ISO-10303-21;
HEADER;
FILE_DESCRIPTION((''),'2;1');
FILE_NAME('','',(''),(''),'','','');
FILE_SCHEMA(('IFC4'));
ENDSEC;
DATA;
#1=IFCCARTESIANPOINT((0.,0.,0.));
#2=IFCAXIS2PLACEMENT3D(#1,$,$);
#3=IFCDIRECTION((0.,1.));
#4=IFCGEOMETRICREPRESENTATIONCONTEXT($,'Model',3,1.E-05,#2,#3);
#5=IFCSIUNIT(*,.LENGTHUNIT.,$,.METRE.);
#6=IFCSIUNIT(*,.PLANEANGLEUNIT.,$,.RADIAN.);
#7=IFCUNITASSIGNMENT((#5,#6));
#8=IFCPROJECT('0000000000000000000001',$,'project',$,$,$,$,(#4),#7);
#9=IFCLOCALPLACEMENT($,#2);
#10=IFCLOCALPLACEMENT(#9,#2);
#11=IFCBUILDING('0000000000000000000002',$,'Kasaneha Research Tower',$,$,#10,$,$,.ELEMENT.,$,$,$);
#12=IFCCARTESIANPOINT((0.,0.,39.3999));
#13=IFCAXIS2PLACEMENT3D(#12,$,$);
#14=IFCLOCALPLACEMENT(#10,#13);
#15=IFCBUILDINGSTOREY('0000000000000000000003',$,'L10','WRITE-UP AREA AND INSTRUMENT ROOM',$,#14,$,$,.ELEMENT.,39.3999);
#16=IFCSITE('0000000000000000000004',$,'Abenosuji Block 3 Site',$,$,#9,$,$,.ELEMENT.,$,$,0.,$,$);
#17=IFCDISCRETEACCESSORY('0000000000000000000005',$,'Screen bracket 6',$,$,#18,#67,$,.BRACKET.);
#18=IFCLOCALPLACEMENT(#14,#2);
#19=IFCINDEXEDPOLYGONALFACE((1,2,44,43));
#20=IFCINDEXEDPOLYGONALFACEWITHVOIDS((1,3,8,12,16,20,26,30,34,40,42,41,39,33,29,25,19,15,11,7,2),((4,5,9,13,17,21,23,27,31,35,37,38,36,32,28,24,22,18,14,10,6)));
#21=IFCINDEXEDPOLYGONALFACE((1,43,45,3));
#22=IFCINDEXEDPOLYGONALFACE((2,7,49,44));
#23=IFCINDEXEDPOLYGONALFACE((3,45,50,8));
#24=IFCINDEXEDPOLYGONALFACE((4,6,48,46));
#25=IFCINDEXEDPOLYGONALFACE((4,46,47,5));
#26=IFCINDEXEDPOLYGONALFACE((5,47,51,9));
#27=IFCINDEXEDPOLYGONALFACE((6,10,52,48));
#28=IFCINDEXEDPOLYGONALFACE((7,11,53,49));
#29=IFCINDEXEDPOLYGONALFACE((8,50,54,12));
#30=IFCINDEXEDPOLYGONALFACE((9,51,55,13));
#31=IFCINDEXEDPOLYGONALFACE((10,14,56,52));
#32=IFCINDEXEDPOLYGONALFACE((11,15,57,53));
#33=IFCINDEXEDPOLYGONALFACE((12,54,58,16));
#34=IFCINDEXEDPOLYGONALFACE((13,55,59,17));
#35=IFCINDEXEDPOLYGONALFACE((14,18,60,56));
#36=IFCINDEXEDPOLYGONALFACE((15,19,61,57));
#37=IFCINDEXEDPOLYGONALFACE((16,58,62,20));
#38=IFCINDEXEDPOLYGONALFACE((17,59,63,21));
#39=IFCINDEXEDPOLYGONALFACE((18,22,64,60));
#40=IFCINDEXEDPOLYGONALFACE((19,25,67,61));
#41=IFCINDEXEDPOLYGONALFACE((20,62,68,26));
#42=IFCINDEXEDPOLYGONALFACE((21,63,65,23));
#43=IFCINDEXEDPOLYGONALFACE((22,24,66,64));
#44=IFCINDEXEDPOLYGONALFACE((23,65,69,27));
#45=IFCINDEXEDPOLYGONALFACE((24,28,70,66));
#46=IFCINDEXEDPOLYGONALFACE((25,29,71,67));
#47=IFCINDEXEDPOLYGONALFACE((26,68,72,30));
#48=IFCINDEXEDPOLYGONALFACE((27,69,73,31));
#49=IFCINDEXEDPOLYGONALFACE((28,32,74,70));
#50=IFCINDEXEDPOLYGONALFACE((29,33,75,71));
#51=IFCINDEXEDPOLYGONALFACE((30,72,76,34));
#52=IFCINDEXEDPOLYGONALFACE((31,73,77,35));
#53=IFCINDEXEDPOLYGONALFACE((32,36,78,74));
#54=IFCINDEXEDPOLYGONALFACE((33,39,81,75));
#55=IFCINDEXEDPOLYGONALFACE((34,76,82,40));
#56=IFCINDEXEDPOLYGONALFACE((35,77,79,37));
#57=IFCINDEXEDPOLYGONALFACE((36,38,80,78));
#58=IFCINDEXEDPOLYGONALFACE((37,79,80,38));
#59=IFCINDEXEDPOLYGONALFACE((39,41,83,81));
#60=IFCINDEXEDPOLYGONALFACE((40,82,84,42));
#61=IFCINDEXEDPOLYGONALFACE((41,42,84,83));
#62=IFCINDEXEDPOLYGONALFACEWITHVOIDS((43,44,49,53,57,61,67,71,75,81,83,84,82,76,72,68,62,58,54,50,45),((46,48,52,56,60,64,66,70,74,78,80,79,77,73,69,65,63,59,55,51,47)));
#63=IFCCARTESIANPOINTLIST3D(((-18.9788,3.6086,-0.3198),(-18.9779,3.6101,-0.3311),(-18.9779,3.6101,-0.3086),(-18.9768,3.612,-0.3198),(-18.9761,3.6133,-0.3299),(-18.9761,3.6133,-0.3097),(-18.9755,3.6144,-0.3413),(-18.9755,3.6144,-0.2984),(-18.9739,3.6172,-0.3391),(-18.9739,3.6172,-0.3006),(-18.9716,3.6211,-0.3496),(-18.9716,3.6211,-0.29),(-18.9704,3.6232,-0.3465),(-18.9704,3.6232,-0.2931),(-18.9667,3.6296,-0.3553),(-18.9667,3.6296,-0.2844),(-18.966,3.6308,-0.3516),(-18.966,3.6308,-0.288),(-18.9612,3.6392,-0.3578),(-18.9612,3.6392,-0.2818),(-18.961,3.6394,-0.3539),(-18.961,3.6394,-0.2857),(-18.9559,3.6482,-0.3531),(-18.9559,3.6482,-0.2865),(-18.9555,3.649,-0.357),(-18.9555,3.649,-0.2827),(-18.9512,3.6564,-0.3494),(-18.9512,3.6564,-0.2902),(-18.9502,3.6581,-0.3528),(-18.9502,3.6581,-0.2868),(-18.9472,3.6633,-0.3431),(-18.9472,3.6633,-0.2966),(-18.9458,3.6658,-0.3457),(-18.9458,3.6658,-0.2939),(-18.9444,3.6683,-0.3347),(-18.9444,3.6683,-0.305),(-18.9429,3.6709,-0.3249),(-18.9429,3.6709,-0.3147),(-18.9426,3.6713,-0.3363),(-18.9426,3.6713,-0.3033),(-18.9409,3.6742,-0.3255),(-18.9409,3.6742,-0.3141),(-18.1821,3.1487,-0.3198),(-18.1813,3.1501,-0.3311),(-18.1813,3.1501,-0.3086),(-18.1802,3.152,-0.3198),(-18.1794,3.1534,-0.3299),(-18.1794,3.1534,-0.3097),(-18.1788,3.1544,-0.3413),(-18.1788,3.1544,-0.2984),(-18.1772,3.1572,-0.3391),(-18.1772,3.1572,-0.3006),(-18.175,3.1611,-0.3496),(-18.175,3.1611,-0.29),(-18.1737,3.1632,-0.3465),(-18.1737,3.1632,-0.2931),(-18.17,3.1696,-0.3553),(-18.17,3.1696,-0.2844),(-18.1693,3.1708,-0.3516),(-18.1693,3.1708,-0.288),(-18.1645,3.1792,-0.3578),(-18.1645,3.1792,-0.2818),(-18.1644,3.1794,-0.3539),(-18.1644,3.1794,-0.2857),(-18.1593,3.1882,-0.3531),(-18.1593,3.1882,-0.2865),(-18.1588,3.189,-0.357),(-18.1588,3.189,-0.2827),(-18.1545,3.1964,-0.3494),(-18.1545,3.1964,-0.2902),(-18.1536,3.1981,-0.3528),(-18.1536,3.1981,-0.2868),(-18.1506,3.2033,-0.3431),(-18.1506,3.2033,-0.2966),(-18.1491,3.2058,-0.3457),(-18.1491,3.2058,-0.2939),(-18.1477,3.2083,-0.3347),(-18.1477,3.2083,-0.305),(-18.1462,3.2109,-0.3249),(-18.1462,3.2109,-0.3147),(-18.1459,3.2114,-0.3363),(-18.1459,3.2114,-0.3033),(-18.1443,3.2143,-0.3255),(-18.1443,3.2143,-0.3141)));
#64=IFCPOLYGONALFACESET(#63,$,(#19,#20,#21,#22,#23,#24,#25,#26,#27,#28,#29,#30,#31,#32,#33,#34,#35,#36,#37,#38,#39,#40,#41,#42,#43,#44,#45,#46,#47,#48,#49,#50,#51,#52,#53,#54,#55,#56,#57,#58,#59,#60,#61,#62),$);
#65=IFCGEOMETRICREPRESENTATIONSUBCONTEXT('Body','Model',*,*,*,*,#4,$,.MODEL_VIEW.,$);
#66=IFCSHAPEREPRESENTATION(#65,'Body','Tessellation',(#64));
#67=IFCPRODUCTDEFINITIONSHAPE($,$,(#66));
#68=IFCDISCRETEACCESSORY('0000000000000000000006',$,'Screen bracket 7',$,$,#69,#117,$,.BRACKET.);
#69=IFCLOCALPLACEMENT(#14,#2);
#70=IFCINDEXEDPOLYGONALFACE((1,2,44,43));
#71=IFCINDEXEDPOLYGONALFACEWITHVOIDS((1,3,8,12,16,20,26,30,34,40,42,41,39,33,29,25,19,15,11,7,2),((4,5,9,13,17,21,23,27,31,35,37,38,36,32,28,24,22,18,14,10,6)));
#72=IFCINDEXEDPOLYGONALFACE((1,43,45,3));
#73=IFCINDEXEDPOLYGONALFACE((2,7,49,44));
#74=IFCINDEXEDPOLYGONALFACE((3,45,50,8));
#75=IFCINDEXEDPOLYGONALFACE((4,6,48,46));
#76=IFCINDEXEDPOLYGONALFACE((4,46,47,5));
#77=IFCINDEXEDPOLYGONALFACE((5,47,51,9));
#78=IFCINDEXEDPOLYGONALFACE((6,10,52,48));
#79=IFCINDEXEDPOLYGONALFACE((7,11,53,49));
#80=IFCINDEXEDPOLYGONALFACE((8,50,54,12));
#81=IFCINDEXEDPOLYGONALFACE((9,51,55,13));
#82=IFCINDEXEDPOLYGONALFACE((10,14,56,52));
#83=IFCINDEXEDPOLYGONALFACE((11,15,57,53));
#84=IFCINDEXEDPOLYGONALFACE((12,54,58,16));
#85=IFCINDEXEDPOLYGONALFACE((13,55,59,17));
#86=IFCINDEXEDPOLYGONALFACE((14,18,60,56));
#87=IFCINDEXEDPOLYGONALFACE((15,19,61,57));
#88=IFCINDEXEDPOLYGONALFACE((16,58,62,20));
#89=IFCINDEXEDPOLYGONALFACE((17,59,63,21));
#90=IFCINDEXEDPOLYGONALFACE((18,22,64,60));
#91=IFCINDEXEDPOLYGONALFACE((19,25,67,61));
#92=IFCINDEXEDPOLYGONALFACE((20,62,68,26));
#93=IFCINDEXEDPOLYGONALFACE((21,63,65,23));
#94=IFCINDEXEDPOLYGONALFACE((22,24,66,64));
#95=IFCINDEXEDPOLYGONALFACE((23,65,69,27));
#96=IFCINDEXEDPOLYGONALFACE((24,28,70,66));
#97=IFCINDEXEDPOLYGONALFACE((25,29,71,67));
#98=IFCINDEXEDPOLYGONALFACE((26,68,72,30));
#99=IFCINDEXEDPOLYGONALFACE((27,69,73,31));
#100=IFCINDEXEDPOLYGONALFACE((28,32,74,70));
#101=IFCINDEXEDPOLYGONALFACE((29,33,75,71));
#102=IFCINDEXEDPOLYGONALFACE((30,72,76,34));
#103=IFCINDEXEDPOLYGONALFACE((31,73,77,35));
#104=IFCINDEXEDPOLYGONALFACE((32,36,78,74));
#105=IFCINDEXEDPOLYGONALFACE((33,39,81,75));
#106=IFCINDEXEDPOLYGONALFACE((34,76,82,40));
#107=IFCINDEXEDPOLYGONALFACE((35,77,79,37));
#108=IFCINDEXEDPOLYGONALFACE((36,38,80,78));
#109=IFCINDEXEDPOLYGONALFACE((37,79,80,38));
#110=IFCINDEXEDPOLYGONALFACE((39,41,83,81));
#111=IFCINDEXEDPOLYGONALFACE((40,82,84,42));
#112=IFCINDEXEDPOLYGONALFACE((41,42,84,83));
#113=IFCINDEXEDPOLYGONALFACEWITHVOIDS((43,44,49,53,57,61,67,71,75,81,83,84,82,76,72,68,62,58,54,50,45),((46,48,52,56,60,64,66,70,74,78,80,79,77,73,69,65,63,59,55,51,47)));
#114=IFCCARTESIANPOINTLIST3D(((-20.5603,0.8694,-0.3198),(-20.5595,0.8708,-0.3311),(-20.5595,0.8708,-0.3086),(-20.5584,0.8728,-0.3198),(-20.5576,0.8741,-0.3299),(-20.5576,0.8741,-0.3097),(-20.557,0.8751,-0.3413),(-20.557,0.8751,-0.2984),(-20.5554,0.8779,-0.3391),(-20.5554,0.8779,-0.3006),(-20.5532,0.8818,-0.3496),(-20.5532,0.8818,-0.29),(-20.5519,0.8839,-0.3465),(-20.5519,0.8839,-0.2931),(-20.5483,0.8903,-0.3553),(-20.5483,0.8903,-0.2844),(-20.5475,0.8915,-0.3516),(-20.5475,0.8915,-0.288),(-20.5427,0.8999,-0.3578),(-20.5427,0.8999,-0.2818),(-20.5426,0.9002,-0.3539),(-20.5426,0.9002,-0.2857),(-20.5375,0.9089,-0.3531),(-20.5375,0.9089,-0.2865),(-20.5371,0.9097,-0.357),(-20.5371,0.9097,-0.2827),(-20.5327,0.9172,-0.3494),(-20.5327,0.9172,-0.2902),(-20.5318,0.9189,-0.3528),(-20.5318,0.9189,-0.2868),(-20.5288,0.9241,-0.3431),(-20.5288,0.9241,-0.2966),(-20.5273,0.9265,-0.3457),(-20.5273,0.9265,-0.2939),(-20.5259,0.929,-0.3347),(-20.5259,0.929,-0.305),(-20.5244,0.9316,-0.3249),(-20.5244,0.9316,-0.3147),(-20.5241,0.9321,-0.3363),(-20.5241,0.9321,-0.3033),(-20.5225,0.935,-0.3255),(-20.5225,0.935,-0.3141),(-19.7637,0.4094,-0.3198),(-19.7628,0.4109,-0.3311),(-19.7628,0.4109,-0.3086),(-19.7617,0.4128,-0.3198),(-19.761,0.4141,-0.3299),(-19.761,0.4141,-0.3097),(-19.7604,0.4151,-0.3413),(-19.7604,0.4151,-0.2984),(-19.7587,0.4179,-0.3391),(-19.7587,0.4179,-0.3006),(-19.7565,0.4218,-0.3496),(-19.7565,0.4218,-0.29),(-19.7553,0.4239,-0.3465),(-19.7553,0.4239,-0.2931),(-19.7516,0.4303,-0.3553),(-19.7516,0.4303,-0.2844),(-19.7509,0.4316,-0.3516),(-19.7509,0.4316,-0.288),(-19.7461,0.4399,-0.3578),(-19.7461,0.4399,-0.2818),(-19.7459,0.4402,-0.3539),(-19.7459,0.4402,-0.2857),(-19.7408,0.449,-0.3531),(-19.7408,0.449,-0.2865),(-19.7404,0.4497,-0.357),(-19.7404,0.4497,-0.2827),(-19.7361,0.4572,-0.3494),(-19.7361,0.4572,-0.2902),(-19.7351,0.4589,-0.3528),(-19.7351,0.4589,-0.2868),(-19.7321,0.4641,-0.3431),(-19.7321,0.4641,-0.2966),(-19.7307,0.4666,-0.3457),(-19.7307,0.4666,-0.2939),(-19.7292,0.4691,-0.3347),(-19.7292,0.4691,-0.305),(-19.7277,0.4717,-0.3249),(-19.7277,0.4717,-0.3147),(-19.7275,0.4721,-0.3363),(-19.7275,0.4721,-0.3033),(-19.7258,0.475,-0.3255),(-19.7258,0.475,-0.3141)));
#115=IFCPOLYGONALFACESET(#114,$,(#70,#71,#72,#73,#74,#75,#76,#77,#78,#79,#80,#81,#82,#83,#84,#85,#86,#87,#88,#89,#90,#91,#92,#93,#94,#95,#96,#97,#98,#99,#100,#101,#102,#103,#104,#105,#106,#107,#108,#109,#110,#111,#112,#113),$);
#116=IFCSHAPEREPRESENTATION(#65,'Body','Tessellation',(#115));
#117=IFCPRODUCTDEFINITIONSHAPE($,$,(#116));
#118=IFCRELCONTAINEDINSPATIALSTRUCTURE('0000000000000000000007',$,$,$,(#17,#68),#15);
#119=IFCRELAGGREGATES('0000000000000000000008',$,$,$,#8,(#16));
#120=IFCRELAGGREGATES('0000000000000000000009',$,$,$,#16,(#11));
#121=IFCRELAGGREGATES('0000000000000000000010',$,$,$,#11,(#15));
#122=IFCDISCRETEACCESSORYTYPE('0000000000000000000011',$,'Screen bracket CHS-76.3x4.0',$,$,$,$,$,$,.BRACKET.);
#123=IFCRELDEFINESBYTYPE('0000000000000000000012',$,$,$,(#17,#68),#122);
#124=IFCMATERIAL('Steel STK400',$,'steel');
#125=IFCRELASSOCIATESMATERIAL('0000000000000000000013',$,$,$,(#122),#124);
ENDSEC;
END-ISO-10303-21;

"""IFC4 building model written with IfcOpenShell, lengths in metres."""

from ifc_helpers import new_model, si_unit, direction, frame, origin, origin_2d, place, context, subcontext, project, spatial, hollow_circle, extrude, material, material_profile, profile_set, type_object, element, save


model = new_model("IFC4")

# Units and contexts
model_context = context("Model", 3, precision=1e-05, world=origin(), true_north=direction((0.0, 1.0)))
body_context = subcontext(model_context, "Body", "Model", "MODEL_VIEW")
ifc_project = project(units=[si_unit("LENGTHUNIT", "METRE"), si_unit("PLANEANGLEUNIT", "RADIAN")], contexts=[model_context])

# Site, building, storey
site_placement = place(None, origin())
site = spatial("IfcSite", under=ifc_project, at=site_placement, Name="Abenosuji Block 3 Site", CompositionType="ELEMENT", RefElevation=0.0)
building_placement = place(site_placement, origin())
building = spatial("IfcBuilding", under=site, at=building_placement, Name="Kasaneha Research Tower", CompositionType="ELEMENT")
storey_placement = place(building_placement, frame((0.0, 0.0, 39.3999)))
storey = spatial("IfcBuildingStorey", under=building, at=storey_placement, Name="L10", Description="WRITE-UP AREA AND INSTRUMENT ROOM", CompositionType="ELEMENT", Elevation=39.3999)

# Discrete accessories
ifc_material_1 = material(Name="Steel STK400", Category="steel")
ifc_material_profile_1 = material_profile(ifc_material_1, hollow_circle(Radius=0.0381, WallThickness=0.0039, at=origin_2d()), Name="CHS-76.3x4.0")
ifc_profile_set_1 = profile_set([ifc_material_profile_1], Name="Steel STK400")
discrete_accessory_type = type_object("IfcDiscreteAccessoryType", Name="Screen bracket CHS-76.3x4.0", PredefinedType="BRACKET", material=ifc_profile_set_1)
for number, where, z_axis, x_axis, name in (
    (1, (-18.1631, 3.1816, -0.3198), (-0.866013, 0.500021, 0.0), (-0.500021, -0.866013, 0.0), "Screen bracket 6"),
    (2, (-19.7446, 0.4424, -0.3198), (-0.866013, 0.500021, 0.0), (-0.500021, -0.866013, 0.0), "Screen bracket 7"),
):
    element("IfcDiscreteAccessory", number, at=place(storey_placement, frame(where, z_axis=z_axis, x_axis=x_axis)), inside=storey, type_object=discrete_accessory_type, Name=name, PredefinedType="BRACKET", context=body_context, shape_type="SweptSolid", body=[
        extrude(hollow_circle(Radius=0.0381, WallThickness=0.0039, at=origin_2d()), origin(), (0.0, 0.0, 1.0), 0.9199),
    ])

save(model, "model.ifc")
